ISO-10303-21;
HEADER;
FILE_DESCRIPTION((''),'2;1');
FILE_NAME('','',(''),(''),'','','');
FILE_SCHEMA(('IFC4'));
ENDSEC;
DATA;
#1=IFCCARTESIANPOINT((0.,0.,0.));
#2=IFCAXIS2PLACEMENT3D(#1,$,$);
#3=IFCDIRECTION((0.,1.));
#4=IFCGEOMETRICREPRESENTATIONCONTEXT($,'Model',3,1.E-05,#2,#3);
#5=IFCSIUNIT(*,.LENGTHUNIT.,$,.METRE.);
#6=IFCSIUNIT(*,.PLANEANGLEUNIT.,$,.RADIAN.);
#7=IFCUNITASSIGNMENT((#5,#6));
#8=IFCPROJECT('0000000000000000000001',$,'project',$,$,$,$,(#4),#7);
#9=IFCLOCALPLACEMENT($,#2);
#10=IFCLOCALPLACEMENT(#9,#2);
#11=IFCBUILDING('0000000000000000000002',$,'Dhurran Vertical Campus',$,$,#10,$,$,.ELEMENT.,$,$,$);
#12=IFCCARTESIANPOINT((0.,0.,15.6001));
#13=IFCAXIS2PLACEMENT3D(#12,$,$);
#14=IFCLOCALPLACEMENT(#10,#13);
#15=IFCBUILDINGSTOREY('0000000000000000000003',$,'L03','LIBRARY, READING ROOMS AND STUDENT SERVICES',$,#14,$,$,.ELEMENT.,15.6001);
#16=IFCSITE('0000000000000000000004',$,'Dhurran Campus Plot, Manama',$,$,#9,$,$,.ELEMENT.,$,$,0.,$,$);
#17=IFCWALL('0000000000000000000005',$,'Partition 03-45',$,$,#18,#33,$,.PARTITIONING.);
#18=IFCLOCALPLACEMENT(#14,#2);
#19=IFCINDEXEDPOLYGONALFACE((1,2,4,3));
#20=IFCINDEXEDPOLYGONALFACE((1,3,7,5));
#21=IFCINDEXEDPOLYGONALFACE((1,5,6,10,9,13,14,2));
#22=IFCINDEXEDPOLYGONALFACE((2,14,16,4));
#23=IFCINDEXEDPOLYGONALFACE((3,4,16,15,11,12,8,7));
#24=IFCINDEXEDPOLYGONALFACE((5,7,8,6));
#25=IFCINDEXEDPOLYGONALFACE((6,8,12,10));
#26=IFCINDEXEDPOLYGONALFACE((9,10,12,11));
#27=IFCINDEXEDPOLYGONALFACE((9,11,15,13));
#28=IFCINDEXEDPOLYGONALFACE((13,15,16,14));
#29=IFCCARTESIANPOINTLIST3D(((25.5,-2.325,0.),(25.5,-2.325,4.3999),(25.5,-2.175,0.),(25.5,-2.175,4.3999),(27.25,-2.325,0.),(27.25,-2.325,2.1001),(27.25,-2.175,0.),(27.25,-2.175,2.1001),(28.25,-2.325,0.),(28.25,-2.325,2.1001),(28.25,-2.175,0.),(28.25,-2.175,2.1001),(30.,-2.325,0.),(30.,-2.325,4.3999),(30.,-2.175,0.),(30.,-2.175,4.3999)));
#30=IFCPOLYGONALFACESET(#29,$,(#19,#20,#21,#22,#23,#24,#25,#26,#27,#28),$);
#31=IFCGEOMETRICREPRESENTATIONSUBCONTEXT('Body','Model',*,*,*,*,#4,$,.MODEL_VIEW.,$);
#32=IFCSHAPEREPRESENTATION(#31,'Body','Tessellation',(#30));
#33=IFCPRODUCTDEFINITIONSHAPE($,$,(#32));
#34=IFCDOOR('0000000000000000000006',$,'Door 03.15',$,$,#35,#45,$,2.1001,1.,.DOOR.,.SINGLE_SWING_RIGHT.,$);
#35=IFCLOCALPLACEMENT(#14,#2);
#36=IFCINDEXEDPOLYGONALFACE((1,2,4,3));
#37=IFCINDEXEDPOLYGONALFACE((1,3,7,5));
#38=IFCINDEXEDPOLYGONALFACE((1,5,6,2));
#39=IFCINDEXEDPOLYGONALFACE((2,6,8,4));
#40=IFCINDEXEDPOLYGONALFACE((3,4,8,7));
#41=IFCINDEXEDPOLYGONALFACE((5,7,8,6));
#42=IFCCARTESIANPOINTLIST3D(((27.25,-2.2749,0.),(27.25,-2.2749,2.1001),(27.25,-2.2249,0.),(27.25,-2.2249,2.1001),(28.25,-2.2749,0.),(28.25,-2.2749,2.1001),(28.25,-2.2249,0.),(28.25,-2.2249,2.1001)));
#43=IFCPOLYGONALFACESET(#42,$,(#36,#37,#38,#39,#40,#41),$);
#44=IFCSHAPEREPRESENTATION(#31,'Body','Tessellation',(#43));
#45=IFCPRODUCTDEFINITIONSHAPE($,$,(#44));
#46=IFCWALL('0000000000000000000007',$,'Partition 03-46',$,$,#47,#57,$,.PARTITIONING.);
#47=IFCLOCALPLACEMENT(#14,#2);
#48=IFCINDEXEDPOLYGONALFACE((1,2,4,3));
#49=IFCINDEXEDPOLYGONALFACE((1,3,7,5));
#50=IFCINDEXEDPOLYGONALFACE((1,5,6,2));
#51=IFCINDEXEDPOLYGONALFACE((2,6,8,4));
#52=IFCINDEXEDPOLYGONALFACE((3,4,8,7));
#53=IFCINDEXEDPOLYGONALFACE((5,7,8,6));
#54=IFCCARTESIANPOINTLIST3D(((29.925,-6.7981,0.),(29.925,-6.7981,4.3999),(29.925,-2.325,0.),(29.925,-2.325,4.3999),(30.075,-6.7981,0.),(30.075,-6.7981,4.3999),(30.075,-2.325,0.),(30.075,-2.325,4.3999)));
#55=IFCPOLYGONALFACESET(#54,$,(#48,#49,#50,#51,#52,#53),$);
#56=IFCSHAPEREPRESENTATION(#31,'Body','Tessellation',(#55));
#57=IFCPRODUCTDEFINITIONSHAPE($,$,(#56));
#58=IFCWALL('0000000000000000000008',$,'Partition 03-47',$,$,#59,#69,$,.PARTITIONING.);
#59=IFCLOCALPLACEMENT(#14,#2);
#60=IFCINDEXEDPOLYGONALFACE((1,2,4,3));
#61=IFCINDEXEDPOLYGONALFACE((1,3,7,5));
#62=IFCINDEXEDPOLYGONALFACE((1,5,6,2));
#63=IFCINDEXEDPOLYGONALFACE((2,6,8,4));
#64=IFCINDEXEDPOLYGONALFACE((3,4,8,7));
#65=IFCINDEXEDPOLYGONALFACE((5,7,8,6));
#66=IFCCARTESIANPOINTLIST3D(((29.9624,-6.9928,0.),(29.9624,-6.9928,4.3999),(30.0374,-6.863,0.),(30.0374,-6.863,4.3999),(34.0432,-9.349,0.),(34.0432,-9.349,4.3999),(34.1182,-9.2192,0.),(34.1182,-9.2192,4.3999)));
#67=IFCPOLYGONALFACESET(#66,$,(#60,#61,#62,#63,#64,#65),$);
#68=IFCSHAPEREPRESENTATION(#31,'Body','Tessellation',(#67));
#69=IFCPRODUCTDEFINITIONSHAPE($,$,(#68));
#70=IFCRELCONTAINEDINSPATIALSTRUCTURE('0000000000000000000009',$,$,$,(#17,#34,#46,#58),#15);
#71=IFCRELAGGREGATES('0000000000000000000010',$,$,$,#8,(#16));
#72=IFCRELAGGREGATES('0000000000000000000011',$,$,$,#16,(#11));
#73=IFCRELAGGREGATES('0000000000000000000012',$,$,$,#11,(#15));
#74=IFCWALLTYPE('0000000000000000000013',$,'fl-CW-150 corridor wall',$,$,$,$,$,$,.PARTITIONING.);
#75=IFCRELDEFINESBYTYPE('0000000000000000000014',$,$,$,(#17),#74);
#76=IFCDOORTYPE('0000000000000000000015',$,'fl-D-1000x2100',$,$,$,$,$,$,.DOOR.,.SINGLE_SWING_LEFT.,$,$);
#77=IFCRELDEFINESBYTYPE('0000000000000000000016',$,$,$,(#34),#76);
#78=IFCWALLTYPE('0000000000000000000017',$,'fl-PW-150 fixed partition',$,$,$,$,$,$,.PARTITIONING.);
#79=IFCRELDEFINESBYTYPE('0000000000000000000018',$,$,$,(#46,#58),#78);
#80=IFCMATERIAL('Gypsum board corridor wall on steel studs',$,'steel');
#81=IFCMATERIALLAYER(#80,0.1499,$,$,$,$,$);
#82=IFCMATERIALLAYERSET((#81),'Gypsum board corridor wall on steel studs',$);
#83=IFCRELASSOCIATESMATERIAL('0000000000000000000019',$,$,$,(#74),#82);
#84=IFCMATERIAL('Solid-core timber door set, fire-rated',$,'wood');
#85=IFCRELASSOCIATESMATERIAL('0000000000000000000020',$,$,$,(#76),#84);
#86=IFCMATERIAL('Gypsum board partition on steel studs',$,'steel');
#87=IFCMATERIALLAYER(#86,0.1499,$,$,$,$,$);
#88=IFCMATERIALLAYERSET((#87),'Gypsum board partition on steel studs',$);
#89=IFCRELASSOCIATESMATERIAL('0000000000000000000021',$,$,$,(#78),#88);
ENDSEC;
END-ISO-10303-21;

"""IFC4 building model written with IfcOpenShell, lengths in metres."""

from ifc_helpers import new_model, si_unit, direction, frame, frame_2d, origin, place, context, subcontext, project, spatial, rectangle, extrude, material, layer, layer_set, type_object, element, fill, save


model = new_model("IFC4")

# Units and contexts
model_context = context("Model", 3, precision=1e-05, world=origin(), true_north=direction((0.0, 1.0)))
body_context = subcontext(model_context, "Body", "Model", "MODEL_VIEW")
ifc_project = project(units=[si_unit("LENGTHUNIT", "METRE"), si_unit("PLANEANGLEUNIT", "RADIAN")], contexts=[model_context])

# Site, building, storey
site_placement = place(None, origin())
site = spatial("IfcSite", under=ifc_project, at=site_placement, Name="Dhurran Campus Plot, Manama", CompositionType="ELEMENT", RefElevation=0.0)
building_placement = place(site_placement, origin())
building = spatial("IfcBuilding", under=site, at=building_placement, Name="Dhurran Vertical Campus", CompositionType="ELEMENT")
storey_placement = place(building_placement, frame((0.0, 0.0, 15.6001)))
storey = spatial("IfcBuildingStorey", under=building, at=storey_placement, Name="L03", Description="LIBRARY, READING ROOMS AND STUDENT SERVICES", CompositionType="ELEMENT", Elevation=15.6001)

# Wall, opening, door
ifc_material_1 = material(Name="Gypsum board corridor wall on steel studs", Category="steel")
ifc_layer_1 = layer(ifc_material_1, 0.1499)
ifc_layer_set_1 = layer_set([ifc_layer_1], Name="Gypsum board corridor wall on steel studs")
wall_type_1 = type_object("IfcWallType", Name="fl-CW-150 corridor wall", PredefinedType="PARTITIONING", material=ifc_layer_set_1)
wall_1_placement = place(storey_placement, frame((30.0, -2.25, 0.0), z_axis=(0.0, 0.0, 1.0), x_axis=(-1.0, 0.0, 0.0)))
wall_1 = element("IfcWall", 1, at=wall_1_placement, inside=storey, type_object=wall_type_1, Name="Partition 03-45", PredefinedType="PARTITIONING", context=body_context, shape_type="SweptSolid", body=[
    extrude(rectangle(XDim=4.5, YDim=0.1499, at=frame_2d((2.25, 0.0))), origin(), (0.0, 0.0, 1.0), 4.3999),
])
opening_1_placement = place(wall_1_placement, frame((1.75, 0.0, 0.0)))
opening_1 = element("IfcOpeningElement", 2, at=opening_1_placement, cuts=wall_1, PredefinedType="OPENING", context=body_context, shape_type="SweptSolid", body=[
    extrude(rectangle(XDim=1.0, YDim=2.1001, at=frame_2d((0.5, 1.05))), frame((0.0, 0.085, 0.0), z_axis=(0.0, -1.0, 0.0), x_axis=(1.0, 0.0, 0.0)), (0.0, 0.0, 1.0), 0.1699),
])
ifc_material_2 = material(Name="Solid-core timber door set, fire-rated", Category="wood")
door_type = type_object("IfcDoorType", Name="fl-D-1000x2100", OperationType="SINGLE_SWING_LEFT", PredefinedType="DOOR", material=ifc_material_2)
door_placement = place(opening_1_placement, origin())
door = element("IfcDoor", 3, at=door_placement, inside=storey, type_object=door_type, Name="Door 03.15", OperationType="SINGLE_SWING_RIGHT", OverallHeight=2.1001, OverallWidth=1.0, PredefinedType="DOOR", context=body_context, shape_type="SweptSolid", body=[
    extrude(rectangle(XDim=1.0, YDim=2.1001, at=frame_2d((0.5, 1.05))), frame((0.0, 0.0249, 0.0), z_axis=(0.0, -1.0, 0.0), x_axis=(1.0, 0.0, 0.0)), (0.0, 0.0, 1.0), 0.05),
])
fill(opening_1, door)

# Walls
ifc_material_3 = material(Name="Gypsum board partition on steel studs", Category="steel")
ifc_layer_2 = layer(ifc_material_3, 0.1499)
ifc_layer_set_2 = layer_set([ifc_layer_2], Name="Gypsum board partition on steel studs")
wall_type_2 = type_object("IfcWallType", Name="fl-PW-150 fixed partition", PredefinedType="PARTITIONING", material=ifc_layer_set_2)
wall_2_placement = place(storey_placement, frame((30.0, -2.325, 0.0), z_axis=(0.0, 0.0, 1.0), x_axis=(0.0, -1.0, 0.0)))
element("IfcWall", 4, at=wall_2_placement, inside=storey, type_object=wall_type_2, Name="Partition 03-46", PredefinedType="PARTITIONING", context=body_context, shape_type="SweptSolid", body=[
    extrude(rectangle(XDim=4.4731, YDim=0.1499, at=frame_2d((2.2366, 0.0))), origin(), (0.0, 0.0, 1.0), 4.3999),
])
wall_3_placement = place(storey_placement, frame((30.0, -6.928, 0.0), z_axis=(0.0, 0.0, 1.0), x_axis=(0.866012, -0.500023, 0.0)))
element("IfcWall", 5, at=wall_3_placement, inside=storey, type_object=wall_type_2, Name="Partition 03-47", PredefinedType="PARTITIONING", context=body_context, shape_type="SweptSolid", body=[
    extrude(rectangle(XDim=4.7122, YDim=0.1499, at=frame_2d((2.356, 0.0))), origin(), (0.0, 0.0, 1.0), 4.3999),
])

save(model, "model.ifc")
